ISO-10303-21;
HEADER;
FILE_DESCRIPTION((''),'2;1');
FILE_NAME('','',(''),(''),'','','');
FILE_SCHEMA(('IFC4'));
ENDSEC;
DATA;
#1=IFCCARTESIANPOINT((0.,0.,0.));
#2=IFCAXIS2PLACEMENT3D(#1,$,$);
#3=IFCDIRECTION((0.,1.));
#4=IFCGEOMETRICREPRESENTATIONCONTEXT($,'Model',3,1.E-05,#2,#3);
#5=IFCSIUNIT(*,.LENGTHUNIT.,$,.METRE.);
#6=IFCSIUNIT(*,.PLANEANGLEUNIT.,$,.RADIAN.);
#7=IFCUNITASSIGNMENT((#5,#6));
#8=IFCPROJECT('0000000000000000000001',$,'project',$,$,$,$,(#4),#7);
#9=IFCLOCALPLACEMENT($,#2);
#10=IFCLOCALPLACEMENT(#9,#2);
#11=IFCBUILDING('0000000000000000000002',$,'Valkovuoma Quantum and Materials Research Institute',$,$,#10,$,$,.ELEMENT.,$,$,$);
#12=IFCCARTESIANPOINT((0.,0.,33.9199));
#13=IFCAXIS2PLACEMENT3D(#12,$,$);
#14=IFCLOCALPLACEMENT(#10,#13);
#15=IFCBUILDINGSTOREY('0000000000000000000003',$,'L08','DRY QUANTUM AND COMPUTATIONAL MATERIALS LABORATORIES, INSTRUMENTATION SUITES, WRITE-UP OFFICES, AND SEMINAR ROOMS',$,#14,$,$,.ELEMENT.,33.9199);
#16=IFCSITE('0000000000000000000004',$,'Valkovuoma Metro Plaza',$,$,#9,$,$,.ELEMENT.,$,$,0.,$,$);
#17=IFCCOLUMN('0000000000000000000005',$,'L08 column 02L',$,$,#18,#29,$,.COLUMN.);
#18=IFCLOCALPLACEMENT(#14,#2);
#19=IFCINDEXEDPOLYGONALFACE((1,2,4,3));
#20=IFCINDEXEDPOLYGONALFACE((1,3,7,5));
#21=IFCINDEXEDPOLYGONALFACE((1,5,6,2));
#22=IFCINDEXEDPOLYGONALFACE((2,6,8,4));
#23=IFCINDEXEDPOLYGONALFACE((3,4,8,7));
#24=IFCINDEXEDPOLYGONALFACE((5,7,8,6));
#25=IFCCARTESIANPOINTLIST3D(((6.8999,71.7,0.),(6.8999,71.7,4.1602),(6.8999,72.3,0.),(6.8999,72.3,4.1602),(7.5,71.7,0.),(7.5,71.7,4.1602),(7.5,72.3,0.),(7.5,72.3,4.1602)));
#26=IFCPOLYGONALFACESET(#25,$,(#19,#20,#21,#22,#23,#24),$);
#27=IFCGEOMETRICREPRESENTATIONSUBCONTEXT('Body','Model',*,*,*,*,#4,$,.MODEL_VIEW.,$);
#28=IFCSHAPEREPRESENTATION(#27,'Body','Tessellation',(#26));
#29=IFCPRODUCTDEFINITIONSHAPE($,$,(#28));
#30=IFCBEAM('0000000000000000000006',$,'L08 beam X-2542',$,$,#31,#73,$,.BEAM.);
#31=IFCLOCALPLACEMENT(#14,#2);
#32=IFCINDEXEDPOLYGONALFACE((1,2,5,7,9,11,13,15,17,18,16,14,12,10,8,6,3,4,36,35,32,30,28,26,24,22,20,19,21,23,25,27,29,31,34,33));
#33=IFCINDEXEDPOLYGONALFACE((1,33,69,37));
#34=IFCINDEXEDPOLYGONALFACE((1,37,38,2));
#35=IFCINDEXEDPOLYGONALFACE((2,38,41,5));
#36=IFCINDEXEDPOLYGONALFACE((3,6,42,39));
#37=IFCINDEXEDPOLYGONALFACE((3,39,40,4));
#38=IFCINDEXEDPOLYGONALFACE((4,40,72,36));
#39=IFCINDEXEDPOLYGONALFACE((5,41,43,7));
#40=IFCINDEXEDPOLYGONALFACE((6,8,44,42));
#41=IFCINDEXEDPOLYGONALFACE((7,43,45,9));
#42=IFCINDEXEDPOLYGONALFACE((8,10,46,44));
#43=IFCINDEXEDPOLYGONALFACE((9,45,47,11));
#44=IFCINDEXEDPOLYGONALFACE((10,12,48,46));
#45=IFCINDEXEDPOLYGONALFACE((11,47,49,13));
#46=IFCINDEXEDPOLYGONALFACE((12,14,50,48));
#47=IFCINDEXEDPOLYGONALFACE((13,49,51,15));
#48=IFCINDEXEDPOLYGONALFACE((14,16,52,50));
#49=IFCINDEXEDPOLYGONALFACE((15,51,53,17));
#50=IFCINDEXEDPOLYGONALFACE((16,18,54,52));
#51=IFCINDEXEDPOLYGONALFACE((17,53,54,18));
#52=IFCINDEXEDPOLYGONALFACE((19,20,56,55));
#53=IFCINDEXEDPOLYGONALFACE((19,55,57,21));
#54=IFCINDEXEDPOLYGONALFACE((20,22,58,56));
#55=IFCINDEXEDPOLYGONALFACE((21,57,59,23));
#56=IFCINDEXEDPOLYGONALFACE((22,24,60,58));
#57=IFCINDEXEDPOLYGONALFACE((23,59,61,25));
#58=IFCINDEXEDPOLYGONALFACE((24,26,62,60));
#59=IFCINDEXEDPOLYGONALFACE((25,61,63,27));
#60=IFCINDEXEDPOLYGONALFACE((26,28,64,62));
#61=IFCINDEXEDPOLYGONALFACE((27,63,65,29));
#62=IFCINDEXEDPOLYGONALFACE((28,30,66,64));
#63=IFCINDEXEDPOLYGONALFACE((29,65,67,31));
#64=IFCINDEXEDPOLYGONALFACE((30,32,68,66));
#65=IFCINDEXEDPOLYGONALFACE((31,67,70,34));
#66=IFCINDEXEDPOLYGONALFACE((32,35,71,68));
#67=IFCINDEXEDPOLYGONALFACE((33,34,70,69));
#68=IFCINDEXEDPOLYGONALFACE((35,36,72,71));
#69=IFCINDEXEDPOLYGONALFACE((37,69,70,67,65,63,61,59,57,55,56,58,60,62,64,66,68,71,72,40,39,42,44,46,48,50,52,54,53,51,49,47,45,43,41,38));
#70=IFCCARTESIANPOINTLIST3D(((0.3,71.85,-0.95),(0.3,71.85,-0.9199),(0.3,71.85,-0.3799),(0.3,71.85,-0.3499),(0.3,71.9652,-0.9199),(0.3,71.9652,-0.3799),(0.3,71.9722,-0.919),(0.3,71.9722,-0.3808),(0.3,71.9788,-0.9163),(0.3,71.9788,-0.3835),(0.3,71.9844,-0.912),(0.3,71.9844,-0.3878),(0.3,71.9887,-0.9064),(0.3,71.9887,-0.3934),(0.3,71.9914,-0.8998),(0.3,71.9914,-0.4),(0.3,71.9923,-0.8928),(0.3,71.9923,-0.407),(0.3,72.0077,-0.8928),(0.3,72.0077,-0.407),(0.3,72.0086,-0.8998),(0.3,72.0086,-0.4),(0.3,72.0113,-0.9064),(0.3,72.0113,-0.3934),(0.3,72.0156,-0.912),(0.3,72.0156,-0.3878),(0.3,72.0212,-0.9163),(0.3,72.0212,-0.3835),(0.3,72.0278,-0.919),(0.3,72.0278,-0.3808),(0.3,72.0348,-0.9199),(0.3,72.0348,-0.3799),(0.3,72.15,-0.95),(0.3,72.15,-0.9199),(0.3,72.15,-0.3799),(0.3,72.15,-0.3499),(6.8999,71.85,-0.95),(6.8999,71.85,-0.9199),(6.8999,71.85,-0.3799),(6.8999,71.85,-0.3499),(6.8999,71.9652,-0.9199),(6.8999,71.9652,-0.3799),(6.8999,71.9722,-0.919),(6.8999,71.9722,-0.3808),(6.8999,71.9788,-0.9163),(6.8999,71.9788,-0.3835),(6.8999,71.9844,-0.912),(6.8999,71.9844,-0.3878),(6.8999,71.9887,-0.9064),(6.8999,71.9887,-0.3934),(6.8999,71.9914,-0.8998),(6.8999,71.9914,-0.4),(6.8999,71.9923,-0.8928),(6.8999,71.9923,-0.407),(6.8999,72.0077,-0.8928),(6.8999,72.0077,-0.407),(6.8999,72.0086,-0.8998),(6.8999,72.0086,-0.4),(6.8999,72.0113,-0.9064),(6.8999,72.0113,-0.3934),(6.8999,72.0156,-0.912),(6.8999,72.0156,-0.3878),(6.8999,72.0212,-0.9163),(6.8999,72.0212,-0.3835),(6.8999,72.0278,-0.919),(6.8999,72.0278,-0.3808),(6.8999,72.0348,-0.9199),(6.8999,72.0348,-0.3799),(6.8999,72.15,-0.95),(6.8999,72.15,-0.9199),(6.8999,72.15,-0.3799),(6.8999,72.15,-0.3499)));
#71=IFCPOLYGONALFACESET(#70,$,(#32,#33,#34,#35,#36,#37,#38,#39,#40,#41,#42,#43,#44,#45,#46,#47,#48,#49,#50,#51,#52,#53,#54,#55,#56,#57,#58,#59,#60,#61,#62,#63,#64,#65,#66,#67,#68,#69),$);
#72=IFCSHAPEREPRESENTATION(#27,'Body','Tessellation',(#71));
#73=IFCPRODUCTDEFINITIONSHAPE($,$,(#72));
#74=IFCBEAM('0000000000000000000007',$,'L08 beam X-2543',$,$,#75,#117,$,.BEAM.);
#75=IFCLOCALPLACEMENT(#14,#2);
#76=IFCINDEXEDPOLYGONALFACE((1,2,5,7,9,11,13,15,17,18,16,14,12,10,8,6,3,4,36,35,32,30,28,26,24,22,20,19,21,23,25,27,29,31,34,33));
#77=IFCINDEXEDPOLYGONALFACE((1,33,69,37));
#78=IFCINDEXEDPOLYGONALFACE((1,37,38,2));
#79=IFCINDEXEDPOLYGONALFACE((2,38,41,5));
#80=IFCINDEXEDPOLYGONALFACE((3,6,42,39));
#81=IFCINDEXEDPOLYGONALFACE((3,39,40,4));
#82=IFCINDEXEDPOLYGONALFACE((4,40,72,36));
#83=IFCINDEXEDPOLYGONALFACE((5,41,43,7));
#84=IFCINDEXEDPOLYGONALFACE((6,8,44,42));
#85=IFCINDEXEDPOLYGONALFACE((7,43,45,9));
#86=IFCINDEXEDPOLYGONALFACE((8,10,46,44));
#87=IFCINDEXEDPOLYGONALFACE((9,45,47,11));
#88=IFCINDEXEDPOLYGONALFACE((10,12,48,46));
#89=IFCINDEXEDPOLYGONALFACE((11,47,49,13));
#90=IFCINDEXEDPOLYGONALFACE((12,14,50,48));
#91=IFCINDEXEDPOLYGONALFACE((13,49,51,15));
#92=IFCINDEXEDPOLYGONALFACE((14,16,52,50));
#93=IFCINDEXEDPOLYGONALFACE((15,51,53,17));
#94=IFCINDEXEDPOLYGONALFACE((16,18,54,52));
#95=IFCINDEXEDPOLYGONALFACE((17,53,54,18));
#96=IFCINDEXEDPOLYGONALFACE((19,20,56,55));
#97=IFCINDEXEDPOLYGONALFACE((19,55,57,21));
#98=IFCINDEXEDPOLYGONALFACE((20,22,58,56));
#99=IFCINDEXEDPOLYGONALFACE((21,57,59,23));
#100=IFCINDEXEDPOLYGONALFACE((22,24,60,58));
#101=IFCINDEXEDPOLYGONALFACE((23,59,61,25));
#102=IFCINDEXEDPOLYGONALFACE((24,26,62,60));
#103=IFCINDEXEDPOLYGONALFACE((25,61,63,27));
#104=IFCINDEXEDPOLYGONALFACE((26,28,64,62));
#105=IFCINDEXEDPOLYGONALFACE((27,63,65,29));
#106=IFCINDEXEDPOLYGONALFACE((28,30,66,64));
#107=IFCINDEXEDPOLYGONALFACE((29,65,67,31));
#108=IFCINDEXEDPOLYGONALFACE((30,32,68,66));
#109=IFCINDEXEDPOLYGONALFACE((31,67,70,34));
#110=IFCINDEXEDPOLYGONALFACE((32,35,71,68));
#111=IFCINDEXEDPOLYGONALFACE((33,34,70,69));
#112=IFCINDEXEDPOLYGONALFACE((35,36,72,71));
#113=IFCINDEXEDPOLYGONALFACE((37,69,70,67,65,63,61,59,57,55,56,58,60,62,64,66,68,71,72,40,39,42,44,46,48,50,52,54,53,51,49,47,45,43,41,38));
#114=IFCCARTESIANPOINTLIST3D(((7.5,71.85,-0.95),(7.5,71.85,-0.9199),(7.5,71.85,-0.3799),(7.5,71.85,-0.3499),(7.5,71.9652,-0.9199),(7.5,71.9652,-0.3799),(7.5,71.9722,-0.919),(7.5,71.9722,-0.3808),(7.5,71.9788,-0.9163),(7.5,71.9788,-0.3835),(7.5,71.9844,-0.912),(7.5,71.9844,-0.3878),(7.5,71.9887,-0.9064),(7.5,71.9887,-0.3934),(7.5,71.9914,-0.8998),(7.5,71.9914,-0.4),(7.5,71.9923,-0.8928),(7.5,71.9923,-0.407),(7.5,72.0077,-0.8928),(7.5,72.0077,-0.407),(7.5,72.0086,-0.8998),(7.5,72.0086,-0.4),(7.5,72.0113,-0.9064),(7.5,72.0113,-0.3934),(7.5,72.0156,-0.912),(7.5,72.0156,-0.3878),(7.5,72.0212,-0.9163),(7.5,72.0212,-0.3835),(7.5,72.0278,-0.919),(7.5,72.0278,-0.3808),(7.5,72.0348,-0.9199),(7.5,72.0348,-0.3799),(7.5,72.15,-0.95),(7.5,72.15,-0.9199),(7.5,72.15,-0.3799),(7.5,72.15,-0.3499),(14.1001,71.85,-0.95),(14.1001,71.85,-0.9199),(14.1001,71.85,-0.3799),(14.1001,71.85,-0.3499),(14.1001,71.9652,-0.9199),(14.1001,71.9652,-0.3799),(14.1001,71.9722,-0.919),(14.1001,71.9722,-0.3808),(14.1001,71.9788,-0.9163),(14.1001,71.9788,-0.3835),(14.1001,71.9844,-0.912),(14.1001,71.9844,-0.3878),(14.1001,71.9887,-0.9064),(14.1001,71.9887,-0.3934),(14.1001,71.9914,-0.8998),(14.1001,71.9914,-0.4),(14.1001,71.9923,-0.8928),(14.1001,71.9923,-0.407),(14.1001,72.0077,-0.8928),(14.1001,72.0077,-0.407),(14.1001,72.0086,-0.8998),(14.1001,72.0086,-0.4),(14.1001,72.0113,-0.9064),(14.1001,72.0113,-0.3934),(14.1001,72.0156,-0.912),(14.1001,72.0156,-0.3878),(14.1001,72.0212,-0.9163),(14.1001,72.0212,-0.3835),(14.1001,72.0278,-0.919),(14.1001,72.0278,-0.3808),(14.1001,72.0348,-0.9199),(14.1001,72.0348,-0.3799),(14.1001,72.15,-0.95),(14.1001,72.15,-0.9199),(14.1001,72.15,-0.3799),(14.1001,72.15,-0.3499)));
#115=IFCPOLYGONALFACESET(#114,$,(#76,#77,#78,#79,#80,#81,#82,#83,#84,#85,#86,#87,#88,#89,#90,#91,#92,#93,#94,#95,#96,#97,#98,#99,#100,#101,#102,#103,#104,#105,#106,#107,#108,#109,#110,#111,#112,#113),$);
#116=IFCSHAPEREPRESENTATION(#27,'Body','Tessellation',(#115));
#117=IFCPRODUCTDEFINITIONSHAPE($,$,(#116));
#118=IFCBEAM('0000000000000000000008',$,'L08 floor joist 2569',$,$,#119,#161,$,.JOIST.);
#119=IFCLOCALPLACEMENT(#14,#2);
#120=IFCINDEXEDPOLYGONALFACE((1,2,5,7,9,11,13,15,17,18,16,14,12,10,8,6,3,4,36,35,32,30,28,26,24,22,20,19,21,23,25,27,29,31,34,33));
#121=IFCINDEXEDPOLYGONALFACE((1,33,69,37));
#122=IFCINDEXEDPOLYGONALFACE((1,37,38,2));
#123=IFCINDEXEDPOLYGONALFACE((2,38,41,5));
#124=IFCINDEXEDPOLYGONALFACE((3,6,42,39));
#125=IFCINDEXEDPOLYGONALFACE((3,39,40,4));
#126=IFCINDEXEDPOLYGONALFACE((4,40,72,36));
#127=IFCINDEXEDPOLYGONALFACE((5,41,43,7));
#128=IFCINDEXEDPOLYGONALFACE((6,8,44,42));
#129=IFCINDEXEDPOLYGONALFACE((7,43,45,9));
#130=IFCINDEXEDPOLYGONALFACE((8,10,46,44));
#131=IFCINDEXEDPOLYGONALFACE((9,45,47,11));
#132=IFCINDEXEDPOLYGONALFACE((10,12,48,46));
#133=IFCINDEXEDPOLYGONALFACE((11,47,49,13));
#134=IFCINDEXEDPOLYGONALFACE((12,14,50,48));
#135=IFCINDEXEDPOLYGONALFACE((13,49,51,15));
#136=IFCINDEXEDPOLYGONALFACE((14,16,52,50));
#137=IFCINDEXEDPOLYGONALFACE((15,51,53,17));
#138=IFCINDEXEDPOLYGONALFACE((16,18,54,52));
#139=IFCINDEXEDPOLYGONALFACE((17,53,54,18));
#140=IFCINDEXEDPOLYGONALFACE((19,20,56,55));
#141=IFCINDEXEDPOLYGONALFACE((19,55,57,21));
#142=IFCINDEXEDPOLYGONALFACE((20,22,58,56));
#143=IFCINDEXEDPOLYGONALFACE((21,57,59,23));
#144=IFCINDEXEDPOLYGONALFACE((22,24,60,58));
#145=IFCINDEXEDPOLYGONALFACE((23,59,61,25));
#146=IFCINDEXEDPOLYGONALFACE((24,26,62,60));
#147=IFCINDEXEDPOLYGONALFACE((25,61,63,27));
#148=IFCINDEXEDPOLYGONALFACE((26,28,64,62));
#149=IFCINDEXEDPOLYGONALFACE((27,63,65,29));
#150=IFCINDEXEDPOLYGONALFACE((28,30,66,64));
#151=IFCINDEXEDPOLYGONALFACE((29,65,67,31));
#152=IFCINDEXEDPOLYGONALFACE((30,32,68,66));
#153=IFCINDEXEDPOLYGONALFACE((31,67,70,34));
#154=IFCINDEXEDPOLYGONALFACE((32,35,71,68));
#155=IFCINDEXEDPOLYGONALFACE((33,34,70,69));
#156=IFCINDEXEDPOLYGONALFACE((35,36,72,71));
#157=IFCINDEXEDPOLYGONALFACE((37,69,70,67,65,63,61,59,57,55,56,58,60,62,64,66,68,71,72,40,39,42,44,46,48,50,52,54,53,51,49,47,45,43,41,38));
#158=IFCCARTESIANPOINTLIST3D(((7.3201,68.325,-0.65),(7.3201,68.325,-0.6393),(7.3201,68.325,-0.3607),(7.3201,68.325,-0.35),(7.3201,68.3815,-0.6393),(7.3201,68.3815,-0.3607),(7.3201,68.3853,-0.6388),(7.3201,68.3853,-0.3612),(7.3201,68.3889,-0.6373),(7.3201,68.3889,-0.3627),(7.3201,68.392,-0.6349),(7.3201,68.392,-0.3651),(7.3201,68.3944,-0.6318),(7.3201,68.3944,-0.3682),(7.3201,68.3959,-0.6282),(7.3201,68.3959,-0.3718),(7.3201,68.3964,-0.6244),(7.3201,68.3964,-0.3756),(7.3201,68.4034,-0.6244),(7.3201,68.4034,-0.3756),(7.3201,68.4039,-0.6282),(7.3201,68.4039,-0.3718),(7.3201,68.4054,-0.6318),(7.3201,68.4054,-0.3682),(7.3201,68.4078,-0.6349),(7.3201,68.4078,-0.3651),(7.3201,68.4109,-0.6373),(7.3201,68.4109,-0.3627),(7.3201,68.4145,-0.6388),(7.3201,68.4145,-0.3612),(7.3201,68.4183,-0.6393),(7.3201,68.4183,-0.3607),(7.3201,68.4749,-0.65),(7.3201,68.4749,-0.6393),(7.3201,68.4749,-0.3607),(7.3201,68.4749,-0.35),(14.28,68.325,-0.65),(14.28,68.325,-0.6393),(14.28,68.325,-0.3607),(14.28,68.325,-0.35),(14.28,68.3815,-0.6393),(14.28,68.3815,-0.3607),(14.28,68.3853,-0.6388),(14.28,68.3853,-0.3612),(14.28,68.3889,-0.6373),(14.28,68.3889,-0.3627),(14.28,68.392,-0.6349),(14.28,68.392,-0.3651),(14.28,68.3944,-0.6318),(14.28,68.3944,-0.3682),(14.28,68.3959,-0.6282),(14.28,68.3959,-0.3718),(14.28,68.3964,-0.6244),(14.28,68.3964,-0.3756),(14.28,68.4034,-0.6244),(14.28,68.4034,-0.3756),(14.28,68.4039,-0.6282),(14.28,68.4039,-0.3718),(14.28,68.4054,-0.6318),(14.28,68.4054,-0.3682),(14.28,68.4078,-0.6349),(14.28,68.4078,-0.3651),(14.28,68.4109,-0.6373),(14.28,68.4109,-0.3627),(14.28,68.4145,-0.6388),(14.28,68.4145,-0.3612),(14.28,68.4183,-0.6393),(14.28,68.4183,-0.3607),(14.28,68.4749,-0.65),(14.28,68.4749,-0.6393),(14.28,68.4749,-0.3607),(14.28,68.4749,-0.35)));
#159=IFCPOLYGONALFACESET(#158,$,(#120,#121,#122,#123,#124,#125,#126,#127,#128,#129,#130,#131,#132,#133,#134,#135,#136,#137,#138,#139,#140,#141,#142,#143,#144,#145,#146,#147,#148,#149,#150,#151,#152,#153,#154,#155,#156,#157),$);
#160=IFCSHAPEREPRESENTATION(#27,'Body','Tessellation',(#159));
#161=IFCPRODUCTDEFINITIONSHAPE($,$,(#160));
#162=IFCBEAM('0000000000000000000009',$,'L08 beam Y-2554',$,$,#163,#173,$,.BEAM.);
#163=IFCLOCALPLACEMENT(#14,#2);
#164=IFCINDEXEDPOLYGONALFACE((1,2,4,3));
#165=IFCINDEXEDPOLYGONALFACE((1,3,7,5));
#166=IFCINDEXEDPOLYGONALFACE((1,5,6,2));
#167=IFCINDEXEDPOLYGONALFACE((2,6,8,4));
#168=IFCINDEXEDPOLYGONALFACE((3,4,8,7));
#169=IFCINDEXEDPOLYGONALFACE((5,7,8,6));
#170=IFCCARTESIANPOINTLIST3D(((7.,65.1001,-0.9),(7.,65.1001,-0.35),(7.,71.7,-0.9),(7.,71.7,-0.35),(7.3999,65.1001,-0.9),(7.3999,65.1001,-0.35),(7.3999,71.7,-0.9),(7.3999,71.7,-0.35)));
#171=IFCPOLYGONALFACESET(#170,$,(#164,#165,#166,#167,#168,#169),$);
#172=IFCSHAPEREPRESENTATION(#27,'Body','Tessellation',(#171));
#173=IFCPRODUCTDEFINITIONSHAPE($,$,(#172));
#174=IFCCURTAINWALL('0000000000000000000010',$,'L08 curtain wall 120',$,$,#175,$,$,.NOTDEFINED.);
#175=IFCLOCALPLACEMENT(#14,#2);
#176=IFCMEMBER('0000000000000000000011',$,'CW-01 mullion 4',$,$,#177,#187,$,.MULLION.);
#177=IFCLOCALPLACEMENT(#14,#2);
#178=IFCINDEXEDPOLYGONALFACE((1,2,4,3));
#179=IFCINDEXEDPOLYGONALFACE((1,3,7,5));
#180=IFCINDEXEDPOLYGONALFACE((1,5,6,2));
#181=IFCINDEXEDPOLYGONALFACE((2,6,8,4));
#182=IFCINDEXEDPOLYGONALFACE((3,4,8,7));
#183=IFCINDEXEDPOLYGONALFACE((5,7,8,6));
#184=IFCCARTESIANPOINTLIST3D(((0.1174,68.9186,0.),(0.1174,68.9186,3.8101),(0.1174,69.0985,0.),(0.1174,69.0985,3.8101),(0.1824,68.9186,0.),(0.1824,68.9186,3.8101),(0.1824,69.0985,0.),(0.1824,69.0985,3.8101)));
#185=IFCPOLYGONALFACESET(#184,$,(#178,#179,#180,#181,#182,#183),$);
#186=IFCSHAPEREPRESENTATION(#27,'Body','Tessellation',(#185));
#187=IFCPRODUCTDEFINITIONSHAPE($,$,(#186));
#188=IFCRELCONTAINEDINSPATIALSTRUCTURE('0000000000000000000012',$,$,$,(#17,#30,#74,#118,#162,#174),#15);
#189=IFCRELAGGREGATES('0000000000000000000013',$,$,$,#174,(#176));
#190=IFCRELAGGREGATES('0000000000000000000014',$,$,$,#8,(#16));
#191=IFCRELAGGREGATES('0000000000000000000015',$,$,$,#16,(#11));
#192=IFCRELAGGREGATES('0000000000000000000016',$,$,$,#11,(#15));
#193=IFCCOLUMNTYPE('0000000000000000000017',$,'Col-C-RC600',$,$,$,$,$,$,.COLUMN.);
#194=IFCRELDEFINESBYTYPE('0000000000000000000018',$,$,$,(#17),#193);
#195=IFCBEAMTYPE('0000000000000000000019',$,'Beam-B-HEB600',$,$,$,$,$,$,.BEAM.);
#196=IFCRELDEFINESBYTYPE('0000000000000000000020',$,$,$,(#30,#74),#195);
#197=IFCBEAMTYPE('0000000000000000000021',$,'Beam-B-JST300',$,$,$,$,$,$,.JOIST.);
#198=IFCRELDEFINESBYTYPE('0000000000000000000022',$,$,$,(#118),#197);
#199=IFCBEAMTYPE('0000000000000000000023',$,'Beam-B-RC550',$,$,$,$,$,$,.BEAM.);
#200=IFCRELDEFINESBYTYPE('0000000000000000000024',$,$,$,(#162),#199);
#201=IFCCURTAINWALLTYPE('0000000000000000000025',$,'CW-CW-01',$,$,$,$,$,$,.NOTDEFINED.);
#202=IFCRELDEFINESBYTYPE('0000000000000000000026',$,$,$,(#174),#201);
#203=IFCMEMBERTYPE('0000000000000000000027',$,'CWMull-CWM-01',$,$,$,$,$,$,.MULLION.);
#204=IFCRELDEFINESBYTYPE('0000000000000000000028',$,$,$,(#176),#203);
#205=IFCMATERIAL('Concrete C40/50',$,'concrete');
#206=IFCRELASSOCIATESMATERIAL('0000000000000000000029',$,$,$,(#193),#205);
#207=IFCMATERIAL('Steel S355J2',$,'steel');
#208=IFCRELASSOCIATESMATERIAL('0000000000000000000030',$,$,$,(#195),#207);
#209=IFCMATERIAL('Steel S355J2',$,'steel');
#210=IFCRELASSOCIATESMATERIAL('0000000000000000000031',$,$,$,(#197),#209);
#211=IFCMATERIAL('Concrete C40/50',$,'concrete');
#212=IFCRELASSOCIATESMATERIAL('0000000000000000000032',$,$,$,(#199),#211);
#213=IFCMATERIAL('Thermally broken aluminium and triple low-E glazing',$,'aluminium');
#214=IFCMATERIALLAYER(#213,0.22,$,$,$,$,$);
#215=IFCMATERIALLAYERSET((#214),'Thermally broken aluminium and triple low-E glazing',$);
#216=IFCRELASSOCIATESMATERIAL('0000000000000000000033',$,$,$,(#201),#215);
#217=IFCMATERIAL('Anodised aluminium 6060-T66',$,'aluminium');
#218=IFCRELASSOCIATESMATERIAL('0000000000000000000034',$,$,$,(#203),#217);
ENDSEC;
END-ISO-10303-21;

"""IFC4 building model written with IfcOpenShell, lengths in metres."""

from ifc_helpers import new_model, si_unit, direction, frame, origin, origin_2d, place, context, subcontext, project, spatial, rectangle, i_section, extrude, material, layer, layer_set, material_profile, profile_set, type_object, element, aggregate, save


model = new_model("IFC4")

# Units and contexts
model_context = context("Model", 3, precision=1e-05, world=origin(), true_north=direction((0.0, 1.0)))
body_context = subcontext(model_context, "Body", "Model", "MODEL_VIEW")
ifc_project = project(units=[si_unit("LENGTHUNIT", "METRE"), si_unit("PLANEANGLEUNIT", "RADIAN")], contexts=[model_context])

# Site, building, storey
site_placement = place(None, origin())
site = spatial("IfcSite", under=ifc_project, at=site_placement, Name="Valkovuoma Metro Plaza", CompositionType="ELEMENT", RefElevation=0.0)
building_placement = place(site_placement, origin())
building = spatial("IfcBuilding", under=site, at=building_placement, Name="Valkovuoma Quantum and Materials Research Institute", CompositionType="ELEMENT")
storey_placement = place(building_placement, frame((0.0, 0.0, 33.9199)))
storey = spatial("IfcBuildingStorey", under=building, at=storey_placement, Name="L08", Description="DRY QUANTUM AND COMPUTATIONAL MATERIALS LABORATORIES, INSTRUMENTATION SUITES, WRITE-UP OFFICES, AND SEMINAR ROOMS", CompositionType="ELEMENT", Elevation=33.9199)

# Column
ifc_material_1 = material(Name="Concrete C40/50", Category="concrete")
ifc_material_profile_1 = material_profile(ifc_material_1, rectangle(XDim=0.6001, YDim=0.6001, at=origin_2d()), Name="Concrete C40/50")
ifc_profile_set_1 = profile_set([ifc_material_profile_1], Name="Concrete C40/50")
column_type = type_object("IfcColumnType", Name="Col-C-RC600", PredefinedType="COLUMN", material=ifc_profile_set_1)
column_placement = place(storey_placement, frame((7.2, 72.0, 0.0), z_axis=(0.0, 0.0, 1.0), x_axis=(1.0, 0.0, 0.0)))
element("IfcColumn", 1, at=column_placement, inside=storey, type_object=column_type, Name="L08 column 02L", PredefinedType="COLUMN", context=body_context, shape_type="SweptSolid", body=[
    extrude(rectangle(XDim=0.6001, YDim=0.6001, at=origin_2d()), origin(), (0.0, 0.0, 1.0), 4.1602),
])

# Beams
ifc_material_2 = material(Name="Steel S355J2", Category="steel")
ifc_material_profile_2 = material_profile(ifc_material_2, i_section(OverallWidth=0.3, OverallDepth=0.6001, WebThickness=0.0154, FlangeThickness=0.03, FilletRadius=0.0271, at=origin_2d()), Name="Steel S355J2")
ifc_profile_set_2 = profile_set([ifc_material_profile_2], Name="Steel S355J2")
beam_type_1 = type_object("IfcBeamType", Name="Beam-B-HEB600", PredefinedType="BEAM", material=ifc_profile_set_2)
beam_1_placement = place(storey_placement, frame((0.3, 72.0, -0.6499), z_axis=(1.0, 0.0, 0.0), x_axis=(0.0, 1.0, 0.0)))
element("IfcBeam", 2, at=beam_1_placement, inside=storey, type_object=beam_type_1, Name="L08 beam X-2542", PredefinedType="BEAM", context=body_context, shape_type="SweptSolid", body=[
    extrude(i_section(OverallWidth=0.3, OverallDepth=0.6001, WebThickness=0.0154, FlangeThickness=0.03, FilletRadius=0.0271, at=origin_2d()), origin(), (0.0, 0.0, 1.0), 6.5999),
])
beam_2_placement = place(storey_placement, frame((7.5, 72.0, -0.6499), z_axis=(1.0, 0.0, 0.0), x_axis=(0.0, 1.0, 0.0)))
element("IfcBeam", 3, at=beam_2_placement, inside=storey, type_object=beam_type_1, Name="L08 beam X-2543", PredefinedType="BEAM", context=body_context, shape_type="SweptSolid", body=[
    extrude(i_section(OverallWidth=0.3, OverallDepth=0.6001, WebThickness=0.0154, FlangeThickness=0.03, FilletRadius=0.0271, at=origin_2d()), origin(), (0.0, 0.0, 1.0), 6.6001),
])
ifc_material_3 = material(Name="Steel S355J2", Category="steel")
ifc_material_profile_3 = material_profile(ifc_material_3, i_section(OverallWidth=0.1499, OverallDepth=0.3, WebThickness=0.0071, FlangeThickness=0.0107, FilletRadius=0.0149, at=origin_2d()), Name="Steel S355J2")
ifc_profile_set_3 = profile_set([ifc_material_profile_3], Name="Steel S355J2")
beam_type_2 = type_object("IfcBeamType", Name="Beam-B-JST300", PredefinedType="JOIST", material=ifc_profile_set_3)
beam_3_placement = place(storey_placement, frame((7.3201, 68.3999, -0.5), z_axis=(1.0, 0.0, 0.0), x_axis=(0.0, 1.0, 0.0)))
element("IfcBeam", 4, at=beam_3_placement, inside=storey, type_object=beam_type_2, Name="L08 floor joist 2569", PredefinedType="JOIST", context=body_context, shape_type="SweptSolid", body=[
    extrude(i_section(OverallWidth=0.1499, OverallDepth=0.3, WebThickness=0.0071, FlangeThickness=0.0107, FilletRadius=0.0149, at=origin_2d()), origin(), (0.0, 0.0, 1.0), 6.96),
])
ifc_material_4 = material(Name="Concrete C40/50", Category="concrete")
ifc_material_profile_4 = material_profile(ifc_material_4, rectangle(XDim=0.3999, YDim=0.55, at=origin_2d()), Name="Concrete C40/50")
ifc_profile_set_4 = profile_set([ifc_material_profile_4], Name="Concrete C40/50")
beam_type_3 = type_object("IfcBeamType", Name="Beam-B-RC550", PredefinedType="BEAM", material=ifc_profile_set_4)
beam_4_placement = place(storey_placement, frame((7.2, 65.1001, -0.625), z_axis=(0.0, 1.0, 0.0), x_axis=(-1.0, 0.0, 0.0)))
element("IfcBeam", 5, at=beam_4_placement, inside=storey, type_object=beam_type_3, Name="L08 beam Y-2554", PredefinedType="BEAM", context=body_context, shape_type="SweptSolid", body=[
    extrude(rectangle(XDim=0.3999, YDim=0.55, at=origin_2d()), origin(), (0.0, 0.0, 1.0), 6.5999),
])

# Curtain wall, member
ifc_material_5 = material(Name="Thermally broken aluminium and triple low-E glazing", Category="aluminium")
ifc_layer_1 = layer(ifc_material_5, 0.22)
ifc_layer_set_1 = layer_set([ifc_layer_1], Name="Thermally broken aluminium and triple low-E glazing")
curtain_wall_type = type_object("IfcCurtainWallType", Name="CW-CW-01", PredefinedType="NOTDEFINED", material=ifc_layer_set_1)
curtain_wall_1_placement = place(storey_placement, origin())
curtain_wall_1 = element("IfcCurtainWall", 6, at=curtain_wall_1_placement, inside=storey, type_object=curtain_wall_type, Name="L08 curtain wall 120", PredefinedType="NOTDEFINED")
ifc_material_6 = material(Name="Anodised aluminium 6060-T66", Category="aluminium")
ifc_material_profile_5 = material_profile(ifc_material_6, rectangle(XDim=0.0649, YDim=0.1799, at=origin_2d()), Name="Anodised aluminium 6060-T66")
ifc_profile_set_5 = profile_set([ifc_material_profile_5], Name="Anodised aluminium 6060-T66")
member_type_1 = type_object("IfcMemberType", Name="CWMull-CWM-01", PredefinedType="MULLION", material=ifc_profile_set_5)
member_1_placement = place(storey_placement, frame((0.1499, 69.0085, 0.0), z_axis=(0.0, 0.0, 1.0), x_axis=(-1.0, 0.0, 0.0)))
member_1 = element("IfcMember", 7, at=member_1_placement, type_object=member_type_1, Name="CW-01 mullion 4", PredefinedType="MULLION", context=body_context, shape_type="SweptSolid", body=[
    extrude(rectangle(XDim=0.0649, YDim=0.1799, at=origin_2d()), origin(), (0.0, 0.0, 1.0), 3.8101),
])

aggregate(curtain_wall_1, [member_1])

save(model, "model.ifc")
